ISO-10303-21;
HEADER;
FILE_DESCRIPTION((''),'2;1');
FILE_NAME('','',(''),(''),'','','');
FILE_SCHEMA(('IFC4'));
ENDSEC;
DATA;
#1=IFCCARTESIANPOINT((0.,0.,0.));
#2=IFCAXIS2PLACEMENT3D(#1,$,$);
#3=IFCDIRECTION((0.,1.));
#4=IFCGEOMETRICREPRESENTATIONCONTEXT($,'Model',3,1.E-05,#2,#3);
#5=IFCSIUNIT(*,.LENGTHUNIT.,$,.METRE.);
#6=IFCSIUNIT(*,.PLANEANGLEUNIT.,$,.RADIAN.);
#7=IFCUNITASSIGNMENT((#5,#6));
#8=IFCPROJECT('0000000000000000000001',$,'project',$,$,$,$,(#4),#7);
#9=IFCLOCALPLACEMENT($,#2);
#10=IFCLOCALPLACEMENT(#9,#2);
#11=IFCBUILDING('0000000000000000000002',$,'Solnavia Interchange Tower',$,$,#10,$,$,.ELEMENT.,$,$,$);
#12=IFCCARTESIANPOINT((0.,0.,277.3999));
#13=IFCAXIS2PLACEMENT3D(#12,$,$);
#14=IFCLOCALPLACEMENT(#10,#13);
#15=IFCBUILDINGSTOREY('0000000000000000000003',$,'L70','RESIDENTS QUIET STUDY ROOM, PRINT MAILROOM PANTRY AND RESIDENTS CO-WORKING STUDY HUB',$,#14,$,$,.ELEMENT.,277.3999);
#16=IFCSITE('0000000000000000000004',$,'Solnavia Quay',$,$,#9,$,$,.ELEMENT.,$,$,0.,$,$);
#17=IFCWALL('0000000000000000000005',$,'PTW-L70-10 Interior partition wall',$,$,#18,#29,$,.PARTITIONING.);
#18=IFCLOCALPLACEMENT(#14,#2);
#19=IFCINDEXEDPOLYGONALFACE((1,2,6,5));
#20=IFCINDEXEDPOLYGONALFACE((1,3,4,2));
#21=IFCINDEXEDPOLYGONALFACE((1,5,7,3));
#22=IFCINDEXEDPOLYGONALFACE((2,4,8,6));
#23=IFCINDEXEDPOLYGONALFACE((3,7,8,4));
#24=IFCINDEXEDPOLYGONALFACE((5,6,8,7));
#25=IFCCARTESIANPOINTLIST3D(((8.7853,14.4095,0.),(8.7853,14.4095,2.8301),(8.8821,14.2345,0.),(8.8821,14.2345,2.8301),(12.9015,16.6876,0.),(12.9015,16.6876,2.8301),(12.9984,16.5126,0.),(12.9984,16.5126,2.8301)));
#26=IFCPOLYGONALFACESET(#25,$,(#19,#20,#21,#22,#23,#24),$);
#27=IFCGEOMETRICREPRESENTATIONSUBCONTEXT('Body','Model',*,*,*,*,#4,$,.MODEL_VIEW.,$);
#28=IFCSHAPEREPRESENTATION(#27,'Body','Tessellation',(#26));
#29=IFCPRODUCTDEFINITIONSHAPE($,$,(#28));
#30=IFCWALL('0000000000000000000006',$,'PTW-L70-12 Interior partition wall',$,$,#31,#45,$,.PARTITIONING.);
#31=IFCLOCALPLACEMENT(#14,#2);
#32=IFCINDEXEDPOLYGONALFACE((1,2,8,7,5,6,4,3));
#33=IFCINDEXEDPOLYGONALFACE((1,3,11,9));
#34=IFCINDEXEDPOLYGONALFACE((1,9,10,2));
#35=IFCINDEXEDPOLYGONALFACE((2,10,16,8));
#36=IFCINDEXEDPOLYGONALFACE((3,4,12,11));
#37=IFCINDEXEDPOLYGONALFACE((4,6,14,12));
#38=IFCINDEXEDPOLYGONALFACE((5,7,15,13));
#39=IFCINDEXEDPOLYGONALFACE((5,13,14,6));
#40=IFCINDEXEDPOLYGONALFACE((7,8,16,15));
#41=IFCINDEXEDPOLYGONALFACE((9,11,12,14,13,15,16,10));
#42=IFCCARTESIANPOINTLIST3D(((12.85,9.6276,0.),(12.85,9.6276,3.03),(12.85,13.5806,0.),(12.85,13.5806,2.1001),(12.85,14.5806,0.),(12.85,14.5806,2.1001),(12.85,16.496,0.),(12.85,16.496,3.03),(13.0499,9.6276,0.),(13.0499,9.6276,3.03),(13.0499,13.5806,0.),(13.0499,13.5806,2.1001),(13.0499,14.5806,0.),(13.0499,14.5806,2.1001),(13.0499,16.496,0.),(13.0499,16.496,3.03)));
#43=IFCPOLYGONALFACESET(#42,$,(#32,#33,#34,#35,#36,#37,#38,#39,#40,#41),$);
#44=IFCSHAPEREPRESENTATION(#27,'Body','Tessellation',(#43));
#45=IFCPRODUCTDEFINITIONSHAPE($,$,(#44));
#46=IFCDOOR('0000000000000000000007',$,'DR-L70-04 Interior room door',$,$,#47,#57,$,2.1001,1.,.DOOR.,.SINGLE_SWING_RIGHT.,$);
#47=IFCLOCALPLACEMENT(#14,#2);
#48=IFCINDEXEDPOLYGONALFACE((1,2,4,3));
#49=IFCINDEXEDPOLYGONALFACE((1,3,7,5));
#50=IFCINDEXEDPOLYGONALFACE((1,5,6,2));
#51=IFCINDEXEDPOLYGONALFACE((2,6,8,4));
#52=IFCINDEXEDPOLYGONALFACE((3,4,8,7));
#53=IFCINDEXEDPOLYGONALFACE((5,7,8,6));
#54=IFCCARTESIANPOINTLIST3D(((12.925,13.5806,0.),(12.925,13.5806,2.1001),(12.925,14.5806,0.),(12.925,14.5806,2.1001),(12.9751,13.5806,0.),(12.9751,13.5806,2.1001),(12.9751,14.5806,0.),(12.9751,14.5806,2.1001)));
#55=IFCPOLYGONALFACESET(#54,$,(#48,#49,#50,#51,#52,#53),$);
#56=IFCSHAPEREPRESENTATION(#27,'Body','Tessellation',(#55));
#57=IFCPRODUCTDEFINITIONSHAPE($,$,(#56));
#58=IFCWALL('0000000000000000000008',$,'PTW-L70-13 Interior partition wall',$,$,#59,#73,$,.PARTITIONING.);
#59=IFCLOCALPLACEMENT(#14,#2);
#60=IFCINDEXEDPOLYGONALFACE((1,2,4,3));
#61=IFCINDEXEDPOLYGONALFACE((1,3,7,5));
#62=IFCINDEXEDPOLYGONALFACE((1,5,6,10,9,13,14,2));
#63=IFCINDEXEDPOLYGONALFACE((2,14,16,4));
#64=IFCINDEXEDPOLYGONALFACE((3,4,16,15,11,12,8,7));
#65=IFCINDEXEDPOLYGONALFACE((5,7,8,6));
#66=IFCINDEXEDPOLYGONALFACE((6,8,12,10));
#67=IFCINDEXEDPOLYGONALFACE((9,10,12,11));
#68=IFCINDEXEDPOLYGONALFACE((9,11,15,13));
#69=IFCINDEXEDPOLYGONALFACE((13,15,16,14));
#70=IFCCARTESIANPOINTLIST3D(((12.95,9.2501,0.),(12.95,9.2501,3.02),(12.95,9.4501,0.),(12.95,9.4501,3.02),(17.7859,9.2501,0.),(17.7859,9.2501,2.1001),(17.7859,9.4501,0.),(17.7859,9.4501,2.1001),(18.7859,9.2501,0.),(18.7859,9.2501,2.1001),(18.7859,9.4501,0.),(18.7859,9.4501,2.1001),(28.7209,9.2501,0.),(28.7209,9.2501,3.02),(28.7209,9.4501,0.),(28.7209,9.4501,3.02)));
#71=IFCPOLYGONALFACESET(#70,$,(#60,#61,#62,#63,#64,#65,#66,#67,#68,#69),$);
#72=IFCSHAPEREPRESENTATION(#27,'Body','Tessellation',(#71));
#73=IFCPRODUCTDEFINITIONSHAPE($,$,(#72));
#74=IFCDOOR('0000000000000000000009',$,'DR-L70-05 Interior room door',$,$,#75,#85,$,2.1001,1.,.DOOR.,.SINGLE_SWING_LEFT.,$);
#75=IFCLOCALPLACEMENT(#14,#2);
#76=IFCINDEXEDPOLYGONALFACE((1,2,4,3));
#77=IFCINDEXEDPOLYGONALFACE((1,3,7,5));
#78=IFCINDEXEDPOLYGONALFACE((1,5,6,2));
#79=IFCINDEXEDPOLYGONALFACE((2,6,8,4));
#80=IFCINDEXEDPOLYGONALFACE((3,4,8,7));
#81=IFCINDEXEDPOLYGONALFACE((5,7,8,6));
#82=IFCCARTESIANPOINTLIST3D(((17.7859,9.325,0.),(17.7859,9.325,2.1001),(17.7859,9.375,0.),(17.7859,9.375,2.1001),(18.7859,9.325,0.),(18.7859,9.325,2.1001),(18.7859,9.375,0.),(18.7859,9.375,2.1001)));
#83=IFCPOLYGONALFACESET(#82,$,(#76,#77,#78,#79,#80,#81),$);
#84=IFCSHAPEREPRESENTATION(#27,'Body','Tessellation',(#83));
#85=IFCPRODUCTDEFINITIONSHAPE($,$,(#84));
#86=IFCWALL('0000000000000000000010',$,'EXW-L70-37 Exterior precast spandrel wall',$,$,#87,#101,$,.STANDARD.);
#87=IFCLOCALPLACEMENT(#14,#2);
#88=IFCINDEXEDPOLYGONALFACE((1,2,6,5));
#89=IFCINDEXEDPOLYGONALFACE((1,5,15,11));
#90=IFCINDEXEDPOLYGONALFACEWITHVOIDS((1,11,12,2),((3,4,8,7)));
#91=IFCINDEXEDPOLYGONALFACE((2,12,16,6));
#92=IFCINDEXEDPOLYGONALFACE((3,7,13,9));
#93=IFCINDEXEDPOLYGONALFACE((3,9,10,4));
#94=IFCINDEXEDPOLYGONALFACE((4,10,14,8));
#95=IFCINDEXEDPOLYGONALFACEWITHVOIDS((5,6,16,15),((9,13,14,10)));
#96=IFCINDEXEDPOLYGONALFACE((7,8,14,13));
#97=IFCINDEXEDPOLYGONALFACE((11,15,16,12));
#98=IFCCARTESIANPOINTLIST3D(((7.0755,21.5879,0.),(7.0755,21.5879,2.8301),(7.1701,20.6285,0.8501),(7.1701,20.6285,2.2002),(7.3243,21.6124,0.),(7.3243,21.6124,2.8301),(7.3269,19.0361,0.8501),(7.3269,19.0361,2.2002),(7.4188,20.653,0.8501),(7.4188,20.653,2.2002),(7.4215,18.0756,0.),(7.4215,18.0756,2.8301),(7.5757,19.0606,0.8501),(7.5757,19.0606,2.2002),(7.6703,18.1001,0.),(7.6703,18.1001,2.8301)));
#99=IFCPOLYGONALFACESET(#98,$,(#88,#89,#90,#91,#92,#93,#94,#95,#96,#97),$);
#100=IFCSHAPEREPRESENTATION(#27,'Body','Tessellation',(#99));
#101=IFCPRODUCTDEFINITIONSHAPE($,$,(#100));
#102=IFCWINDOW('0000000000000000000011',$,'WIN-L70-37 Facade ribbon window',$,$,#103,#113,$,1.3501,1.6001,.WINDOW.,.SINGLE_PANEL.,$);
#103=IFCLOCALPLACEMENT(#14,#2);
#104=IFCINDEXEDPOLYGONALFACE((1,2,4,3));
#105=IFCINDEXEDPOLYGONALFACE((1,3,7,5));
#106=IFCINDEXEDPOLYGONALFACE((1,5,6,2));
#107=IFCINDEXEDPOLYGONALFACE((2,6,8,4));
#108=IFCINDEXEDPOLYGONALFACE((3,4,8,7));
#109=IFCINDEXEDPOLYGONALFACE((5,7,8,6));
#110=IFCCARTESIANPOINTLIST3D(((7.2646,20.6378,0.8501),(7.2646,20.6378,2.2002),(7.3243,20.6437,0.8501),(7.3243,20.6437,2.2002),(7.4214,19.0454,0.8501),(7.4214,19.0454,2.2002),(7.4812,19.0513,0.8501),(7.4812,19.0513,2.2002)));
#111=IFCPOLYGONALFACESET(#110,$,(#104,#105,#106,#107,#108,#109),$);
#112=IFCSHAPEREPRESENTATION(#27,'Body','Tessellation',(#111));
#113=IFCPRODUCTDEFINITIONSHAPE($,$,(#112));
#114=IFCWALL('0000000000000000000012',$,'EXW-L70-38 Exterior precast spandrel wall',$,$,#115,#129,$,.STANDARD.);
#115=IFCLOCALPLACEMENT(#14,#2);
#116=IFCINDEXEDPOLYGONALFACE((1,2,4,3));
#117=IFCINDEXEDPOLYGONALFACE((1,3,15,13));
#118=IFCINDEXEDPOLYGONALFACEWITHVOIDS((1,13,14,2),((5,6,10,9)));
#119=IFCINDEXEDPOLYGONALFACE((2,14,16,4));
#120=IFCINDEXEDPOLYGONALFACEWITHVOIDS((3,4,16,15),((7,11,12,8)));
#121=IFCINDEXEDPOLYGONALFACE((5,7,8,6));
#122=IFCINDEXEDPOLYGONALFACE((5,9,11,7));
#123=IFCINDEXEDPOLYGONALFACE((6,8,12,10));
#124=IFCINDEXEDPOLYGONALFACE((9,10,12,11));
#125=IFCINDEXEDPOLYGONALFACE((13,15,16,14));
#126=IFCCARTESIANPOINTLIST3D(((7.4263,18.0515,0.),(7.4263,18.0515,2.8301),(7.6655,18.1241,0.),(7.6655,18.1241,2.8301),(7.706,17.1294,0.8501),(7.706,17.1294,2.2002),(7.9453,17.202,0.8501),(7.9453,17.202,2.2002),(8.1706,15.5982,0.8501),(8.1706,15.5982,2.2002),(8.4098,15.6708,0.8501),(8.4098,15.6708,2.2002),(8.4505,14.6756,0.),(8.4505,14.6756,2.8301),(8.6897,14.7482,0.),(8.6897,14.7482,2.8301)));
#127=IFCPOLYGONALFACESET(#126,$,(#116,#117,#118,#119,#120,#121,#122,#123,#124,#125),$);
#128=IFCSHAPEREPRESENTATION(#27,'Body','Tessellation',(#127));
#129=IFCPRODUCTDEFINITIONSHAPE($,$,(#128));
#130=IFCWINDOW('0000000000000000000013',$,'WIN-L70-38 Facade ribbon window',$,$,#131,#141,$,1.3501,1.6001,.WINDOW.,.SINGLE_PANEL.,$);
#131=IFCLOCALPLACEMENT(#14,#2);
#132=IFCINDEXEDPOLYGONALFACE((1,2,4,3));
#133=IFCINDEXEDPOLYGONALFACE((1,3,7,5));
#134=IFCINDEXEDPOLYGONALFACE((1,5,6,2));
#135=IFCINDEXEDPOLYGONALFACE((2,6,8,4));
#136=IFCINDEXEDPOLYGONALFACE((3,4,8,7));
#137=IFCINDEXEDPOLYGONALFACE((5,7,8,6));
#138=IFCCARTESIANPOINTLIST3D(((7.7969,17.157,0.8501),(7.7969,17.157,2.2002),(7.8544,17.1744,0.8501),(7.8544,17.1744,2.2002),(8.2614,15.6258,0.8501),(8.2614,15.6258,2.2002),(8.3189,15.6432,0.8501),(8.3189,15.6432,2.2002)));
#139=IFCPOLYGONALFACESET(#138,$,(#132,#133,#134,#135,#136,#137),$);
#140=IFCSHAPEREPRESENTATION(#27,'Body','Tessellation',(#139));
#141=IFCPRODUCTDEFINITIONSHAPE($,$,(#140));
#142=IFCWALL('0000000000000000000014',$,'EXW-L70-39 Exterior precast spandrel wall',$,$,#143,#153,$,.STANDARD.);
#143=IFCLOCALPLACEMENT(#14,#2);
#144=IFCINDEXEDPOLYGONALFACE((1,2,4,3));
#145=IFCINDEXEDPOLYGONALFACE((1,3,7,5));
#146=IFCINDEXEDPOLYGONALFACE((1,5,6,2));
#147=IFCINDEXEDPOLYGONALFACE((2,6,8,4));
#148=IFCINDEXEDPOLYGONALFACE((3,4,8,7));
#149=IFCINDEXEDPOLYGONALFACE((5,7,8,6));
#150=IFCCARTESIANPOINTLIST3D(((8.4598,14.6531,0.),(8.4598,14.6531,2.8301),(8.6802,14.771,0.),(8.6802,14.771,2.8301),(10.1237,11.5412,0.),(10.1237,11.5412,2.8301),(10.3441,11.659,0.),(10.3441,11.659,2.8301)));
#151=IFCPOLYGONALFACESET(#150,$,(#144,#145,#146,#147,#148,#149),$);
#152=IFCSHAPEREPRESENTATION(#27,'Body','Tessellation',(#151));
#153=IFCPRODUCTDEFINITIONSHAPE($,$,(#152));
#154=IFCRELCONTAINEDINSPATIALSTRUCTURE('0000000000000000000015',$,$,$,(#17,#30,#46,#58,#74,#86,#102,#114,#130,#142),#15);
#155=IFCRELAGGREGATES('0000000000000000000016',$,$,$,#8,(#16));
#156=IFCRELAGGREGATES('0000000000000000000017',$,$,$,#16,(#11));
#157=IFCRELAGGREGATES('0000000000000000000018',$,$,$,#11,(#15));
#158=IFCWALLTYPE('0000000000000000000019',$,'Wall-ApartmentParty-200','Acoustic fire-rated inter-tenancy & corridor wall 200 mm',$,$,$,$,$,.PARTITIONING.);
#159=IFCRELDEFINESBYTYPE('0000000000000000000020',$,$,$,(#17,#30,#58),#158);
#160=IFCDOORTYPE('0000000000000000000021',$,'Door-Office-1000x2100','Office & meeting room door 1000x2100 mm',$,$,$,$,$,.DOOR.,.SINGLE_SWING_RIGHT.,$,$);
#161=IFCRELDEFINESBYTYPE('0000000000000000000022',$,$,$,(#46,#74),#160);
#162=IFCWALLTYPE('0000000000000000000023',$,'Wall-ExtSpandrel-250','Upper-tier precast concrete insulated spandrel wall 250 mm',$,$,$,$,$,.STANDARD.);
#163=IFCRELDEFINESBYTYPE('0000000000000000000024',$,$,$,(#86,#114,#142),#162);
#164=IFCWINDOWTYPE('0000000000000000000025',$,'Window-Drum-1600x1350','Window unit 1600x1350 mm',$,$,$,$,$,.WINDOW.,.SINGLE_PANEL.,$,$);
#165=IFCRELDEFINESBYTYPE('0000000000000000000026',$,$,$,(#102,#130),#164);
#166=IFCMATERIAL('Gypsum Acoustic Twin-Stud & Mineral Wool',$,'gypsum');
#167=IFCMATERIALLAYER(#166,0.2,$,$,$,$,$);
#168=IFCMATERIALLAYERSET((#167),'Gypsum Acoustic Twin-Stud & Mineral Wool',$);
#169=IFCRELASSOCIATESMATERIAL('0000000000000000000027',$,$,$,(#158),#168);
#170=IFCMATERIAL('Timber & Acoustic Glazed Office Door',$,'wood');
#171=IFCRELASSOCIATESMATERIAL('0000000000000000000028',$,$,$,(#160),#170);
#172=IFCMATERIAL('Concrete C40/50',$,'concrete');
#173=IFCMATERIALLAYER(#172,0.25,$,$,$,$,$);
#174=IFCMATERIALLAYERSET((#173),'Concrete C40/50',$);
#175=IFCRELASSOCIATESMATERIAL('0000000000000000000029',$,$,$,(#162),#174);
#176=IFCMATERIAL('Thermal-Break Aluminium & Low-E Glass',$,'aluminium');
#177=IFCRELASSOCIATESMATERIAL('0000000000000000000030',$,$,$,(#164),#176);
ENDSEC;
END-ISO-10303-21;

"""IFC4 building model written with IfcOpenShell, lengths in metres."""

from ifc_helpers import new_model, si_unit, direction, frame, frame_2d, origin, place, context, subcontext, project, spatial, rectangle, extrude, material, layer, layer_set, type_object, element, fill, save


model = new_model("IFC4")

# Units and contexts
model_context = context("Model", 3, precision=1e-05, world=origin(), true_north=direction((0.0, 1.0)))
body_context = subcontext(model_context, "Body", "Model", "MODEL_VIEW")
ifc_project = project(units=[si_unit("LENGTHUNIT", "METRE"), si_unit("PLANEANGLEUNIT", "RADIAN")], contexts=[model_context])

# Site, building, storey
site_placement = place(None, origin())
site = spatial("IfcSite", under=ifc_project, at=site_placement, Name="Solnavia Quay", CompositionType="ELEMENT", RefElevation=0.0)
building_placement = place(site_placement, origin())
building = spatial("IfcBuilding", under=site, at=building_placement, Name="Solnavia Interchange Tower", CompositionType="ELEMENT")
storey_placement = place(building_placement, frame((0.0, 0.0, 277.3999)))
storey = spatial("IfcBuildingStorey", under=building, at=storey_placement, Name="L70", Description="RESIDENTS QUIET STUDY ROOM, PRINT MAILROOM PANTRY AND RESIDENTS CO-WORKING STUDY HUB", CompositionType="ELEMENT", Elevation=277.3999)

# Shared definitions
ifc_material_1 = material(Name="Concrete C40/50", Category="concrete")

# Wall
ifc_material_2 = material(Name="Gypsum Acoustic Twin-Stud & Mineral Wool", Category="gypsum")
ifc_layer_1 = layer(ifc_material_2, 0.2)
ifc_layer_set_1 = layer_set([ifc_layer_1], Name="Gypsum Acoustic Twin-Stud & Mineral Wool")
wall_type_1 = type_object("IfcWallType", Name="Wall-ApartmentParty-200", Description="Acoustic fire-rated inter-tenancy & corridor wall 200 mm", PredefinedType="PARTITIONING", material=ifc_layer_set_1)
wall_1_placement = place(storey_placement, frame((12.95, 16.6001, 0.0), z_axis=(0.0, 0.0, 1.0), x_axis=(-0.874942, -0.484228, 0.0)))
element("IfcWall", 1, at=wall_1_placement, inside=storey, type_object=wall_type_1, Name="PTW-L70-10 Interior partition wall", PredefinedType="PARTITIONING", context=body_context, shape_type="SweptSolid", body=[
    extrude(rectangle(XDim=4.7046, YDim=0.2, at=frame_2d((2.3523, 0.0))), origin(), (0.0, 0.0, 1.0), 2.8301),
])

# Walls, openings, doors
wall_2_placement = place(storey_placement, frame((12.95, 9.6277, 0.0), z_axis=(0.0, 0.0, 1.0), x_axis=(0.0, 1.0, 0.0)))
wall_2 = element("IfcWall", 2, at=wall_2_placement, inside=storey, type_object=wall_type_1, Name="PTW-L70-12 Interior partition wall", PredefinedType="PARTITIONING", context=body_context, shape_type="SweptSolid", body=[
    extrude(rectangle(XDim=6.8684, YDim=0.2, at=frame_2d((3.4341, 0.0))), origin(), (0.0, 0.0, 1.0), 3.03),
])
opening_1_placement = place(wall_2_placement, frame((3.9529, 0.0, 0.0)))
opening_1 = element("IfcOpeningElement", 3, at=opening_1_placement, cuts=wall_2, PredefinedType="OPENING", context=body_context, shape_type="SweptSolid", body=[
    extrude(rectangle(XDim=1.0, YDim=2.1001, at=frame_2d((0.5, 1.05))), frame((0.0, 0.1099, 0.0), z_axis=(0.0, -1.0, 0.0), x_axis=(1.0, 0.0, 0.0)), (0.0, 0.0, 1.0), 0.22),
])
ifc_material_3 = material(Name="Timber & Acoustic Glazed Office Door", Category="wood")
door_type = type_object("IfcDoorType", Name="Door-Office-1000x2100", Description="Office & meeting room door 1000x2100 mm", OperationType="SINGLE_SWING_RIGHT", PredefinedType="DOOR", material=ifc_material_3)
door_1_placement = place(opening_1_placement, origin())
door_1 = element("IfcDoor", 4, at=door_1_placement, inside=storey, type_object=door_type, Name="DR-L70-04 Interior room door", OperationType="SINGLE_SWING_RIGHT", OverallHeight=2.1001, OverallWidth=1.0, PredefinedType="DOOR", context=body_context, shape_type="SweptSolid", body=[
    extrude(rectangle(XDim=1.0, YDim=2.1001, at=frame_2d((0.5, 1.05))), frame((0.0, 0.0249, 0.0), z_axis=(0.0, -1.0, 0.0), x_axis=(1.0, 0.0, 0.0)), (0.0, 0.0, 1.0), 0.05),
])
fill(opening_1, door_1)
wall_3_placement = place(storey_placement, frame((12.95, 9.3501, 0.0), z_axis=(0.0, 0.0, 1.0), x_axis=(1.0, 0.0, 0.0)))
wall_3 = element("IfcWall", 5, at=wall_3_placement, inside=storey, type_object=wall_type_1, Name="PTW-L70-13 Interior partition wall", PredefinedType="PARTITIONING", context=body_context, shape_type="SweptSolid", body=[
    extrude(rectangle(XDim=15.771, YDim=0.2, at=frame_2d((7.8855, 0.0))), origin(), (0.0, 0.0, 1.0), 3.02),
])
opening_2_placement = place(wall_3_placement, frame((4.8359, 0.0, 0.0)))
opening_2 = element("IfcOpeningElement", 6, at=opening_2_placement, cuts=wall_3, PredefinedType="OPENING", context=body_context, shape_type="SweptSolid", body=[
    extrude(rectangle(XDim=1.0, YDim=2.1001, at=frame_2d((0.5, 1.05))), frame((0.0, 0.1099, 0.0), z_axis=(0.0, -1.0, 0.0), x_axis=(1.0, 0.0, 0.0)), (0.0, 0.0, 1.0), 0.22),
])
door_2_placement = place(opening_2_placement, origin())
door_2 = element("IfcDoor", 7, at=door_2_placement, inside=storey, type_object=door_type, Name="DR-L70-05 Interior room door", OperationType="SINGLE_SWING_LEFT", OverallHeight=2.1001, OverallWidth=1.0, PredefinedType="DOOR", context=body_context, shape_type="SweptSolid", body=[
    extrude(rectangle(XDim=1.0, YDim=2.1001, at=frame_2d((0.5, 1.05))), frame((0.0, 0.0249, 0.0), z_axis=(0.0, -1.0, 0.0), x_axis=(1.0, 0.0, 0.0)), (0.0, 0.0, 1.0), 0.05),
])
fill(opening_2, door_2)

# Walls, openings, windows
ifc_layer_2 = layer(ifc_material_1, 0.25)
ifc_layer_set_2 = layer_set([ifc_layer_2], Name="Concrete C40/50")
wall_type_2 = type_object("IfcWallType", Name="Wall-ExtSpandrel-250", Description="Upper-tier precast concrete insulated spandrel wall 250 mm", PredefinedType="STANDARD", material=ifc_layer_set_2)
wall_4_placement = place(storey_placement, frame((7.5459, 18.0879, 0.0), z_axis=(0.0, 0.0, 1.0), x_axis=(-0.098024, 0.995184, 0.0)))
wall_4 = element("IfcWall", 8, at=wall_4_placement, inside=storey, type_object=wall_type_2, Name="EXW-L70-37 Exterior precast spandrel wall", PredefinedType="STANDARD", context=body_context, shape_type="SweptSolid", body=[
    extrude(rectangle(XDim=3.5293, YDim=0.25, at=frame_2d((1.7646, 0.0))), origin(), (0.0, 0.0, 1.0), 2.8301),
])
opening_3_placement = place(wall_4_placement, frame((0.9651, 0.0, 0.8501)))
opening_3 = element("IfcOpeningElement", 9, at=opening_3_placement, cuts=wall_4, PredefinedType="OPENING", context=body_context, shape_type="SweptSolid", body=[
    extrude(rectangle(XDim=1.6001, YDim=1.3501, at=frame_2d((0.8, 0.675))), frame((0.0, 0.135, 0.0), z_axis=(0.0, -1.0, 0.0), x_axis=(1.0, 0.0, 0.0)), (0.0, 0.0, 1.0), 0.27),
])
ifc_material_4 = material(Name="Thermal-Break Aluminium & Low-E Glass", Category="aluminium")
window_type = type_object("IfcWindowType", Name="Window-Drum-1600x1350", Description="Window unit 1600x1350 mm", PartitioningType="SINGLE_PANEL", PredefinedType="WINDOW", material=ifc_material_4)
window_1_placement = place(opening_3_placement, origin())
window_1 = element("IfcWindow", 10, at=window_1_placement, inside=storey, type_object=window_type, Name="WIN-L70-37 Facade ribbon window", OverallHeight=1.3501, OverallWidth=1.6001, PartitioningType="SINGLE_PANEL", PredefinedType="WINDOW", context=body_context, shape_type="SweptSolid", body=[
    extrude(rectangle(XDim=1.6001, YDim=1.3501, at=frame_2d((0.8, 0.675))), frame((0.0, 0.03, 0.0), z_axis=(0.0, -1.0, 0.0), x_axis=(1.0, 0.0, 0.0)), (0.0, 0.0, 1.0), 0.0601),
])
fill(opening_3, window_1)
wall_5_placement = place(storey_placement, frame((8.5701, 14.7119, 0.0), z_axis=(0.0, 0.0, 1.0), x_axis=(-0.290305, 0.956934, 0.0)))
wall_5 = element("IfcWall", 11, at=wall_5_placement, inside=storey, type_object=wall_type_2, Name="EXW-L70-38 Exterior precast spandrel wall", PredefinedType="STANDARD", context=body_context, shape_type="SweptSolid", body=[
    extrude(rectangle(XDim=3.5278, YDim=0.25, at=frame_2d((1.7639, 0.0))), origin(), (0.0, 0.0, 1.0), 2.8301),
])
opening_4_placement = place(wall_5_placement, frame((0.9641, 0.0, 0.8501)))
opening_4 = element("IfcOpeningElement", 12, at=opening_4_placement, cuts=wall_5, PredefinedType="OPENING", context=body_context, shape_type="SweptSolid", body=[
    extrude(rectangle(XDim=1.6001, YDim=1.3501, at=frame_2d((0.8, 0.675))), frame((0.0, 0.135, 0.0), z_axis=(0.0, -1.0, 0.0), x_axis=(1.0, 0.0, 0.0)), (0.0, 0.0, 1.0), 0.27),
])
window_2_placement = place(opening_4_placement, origin())
window_2 = element("IfcWindow", 13, at=window_2_placement, inside=storey, type_object=window_type, Name="WIN-L70-38 Facade ribbon window", OverallHeight=1.3501, OverallWidth=1.6001, PartitioningType="SINGLE_PANEL", PredefinedType="WINDOW", context=body_context, shape_type="SweptSolid", body=[
    extrude(rectangle(XDim=1.6001, YDim=1.3501, at=frame_2d((0.8, 0.675))), frame((0.0, 0.03, 0.0), z_axis=(0.0, -1.0, 0.0), x_axis=(1.0, 0.0, 0.0)), (0.0, 0.0, 1.0), 0.0601),
])
fill(opening_4, window_2)

# Wall
wall_6_placement = place(storey_placement, frame((10.2339, 11.6001, 0.0), z_axis=(0.0, 0.0, 1.0), x_axis=(-0.471511, 0.88186, 0.0)))
element("IfcWall", 14, at=wall_6_placement, inside=storey, type_object=wall_type_2, Name="EXW-L70-39 Exterior precast spandrel wall", PredefinedType="STANDARD", context=body_context, shape_type="SweptSolid", body=[
    extrude(rectangle(XDim=3.5288, YDim=0.25, at=frame_2d((1.7644, 0.0))), origin(), (0.0, 0.0, 1.0), 2.8301),
])

save(model, "model.ifc")
